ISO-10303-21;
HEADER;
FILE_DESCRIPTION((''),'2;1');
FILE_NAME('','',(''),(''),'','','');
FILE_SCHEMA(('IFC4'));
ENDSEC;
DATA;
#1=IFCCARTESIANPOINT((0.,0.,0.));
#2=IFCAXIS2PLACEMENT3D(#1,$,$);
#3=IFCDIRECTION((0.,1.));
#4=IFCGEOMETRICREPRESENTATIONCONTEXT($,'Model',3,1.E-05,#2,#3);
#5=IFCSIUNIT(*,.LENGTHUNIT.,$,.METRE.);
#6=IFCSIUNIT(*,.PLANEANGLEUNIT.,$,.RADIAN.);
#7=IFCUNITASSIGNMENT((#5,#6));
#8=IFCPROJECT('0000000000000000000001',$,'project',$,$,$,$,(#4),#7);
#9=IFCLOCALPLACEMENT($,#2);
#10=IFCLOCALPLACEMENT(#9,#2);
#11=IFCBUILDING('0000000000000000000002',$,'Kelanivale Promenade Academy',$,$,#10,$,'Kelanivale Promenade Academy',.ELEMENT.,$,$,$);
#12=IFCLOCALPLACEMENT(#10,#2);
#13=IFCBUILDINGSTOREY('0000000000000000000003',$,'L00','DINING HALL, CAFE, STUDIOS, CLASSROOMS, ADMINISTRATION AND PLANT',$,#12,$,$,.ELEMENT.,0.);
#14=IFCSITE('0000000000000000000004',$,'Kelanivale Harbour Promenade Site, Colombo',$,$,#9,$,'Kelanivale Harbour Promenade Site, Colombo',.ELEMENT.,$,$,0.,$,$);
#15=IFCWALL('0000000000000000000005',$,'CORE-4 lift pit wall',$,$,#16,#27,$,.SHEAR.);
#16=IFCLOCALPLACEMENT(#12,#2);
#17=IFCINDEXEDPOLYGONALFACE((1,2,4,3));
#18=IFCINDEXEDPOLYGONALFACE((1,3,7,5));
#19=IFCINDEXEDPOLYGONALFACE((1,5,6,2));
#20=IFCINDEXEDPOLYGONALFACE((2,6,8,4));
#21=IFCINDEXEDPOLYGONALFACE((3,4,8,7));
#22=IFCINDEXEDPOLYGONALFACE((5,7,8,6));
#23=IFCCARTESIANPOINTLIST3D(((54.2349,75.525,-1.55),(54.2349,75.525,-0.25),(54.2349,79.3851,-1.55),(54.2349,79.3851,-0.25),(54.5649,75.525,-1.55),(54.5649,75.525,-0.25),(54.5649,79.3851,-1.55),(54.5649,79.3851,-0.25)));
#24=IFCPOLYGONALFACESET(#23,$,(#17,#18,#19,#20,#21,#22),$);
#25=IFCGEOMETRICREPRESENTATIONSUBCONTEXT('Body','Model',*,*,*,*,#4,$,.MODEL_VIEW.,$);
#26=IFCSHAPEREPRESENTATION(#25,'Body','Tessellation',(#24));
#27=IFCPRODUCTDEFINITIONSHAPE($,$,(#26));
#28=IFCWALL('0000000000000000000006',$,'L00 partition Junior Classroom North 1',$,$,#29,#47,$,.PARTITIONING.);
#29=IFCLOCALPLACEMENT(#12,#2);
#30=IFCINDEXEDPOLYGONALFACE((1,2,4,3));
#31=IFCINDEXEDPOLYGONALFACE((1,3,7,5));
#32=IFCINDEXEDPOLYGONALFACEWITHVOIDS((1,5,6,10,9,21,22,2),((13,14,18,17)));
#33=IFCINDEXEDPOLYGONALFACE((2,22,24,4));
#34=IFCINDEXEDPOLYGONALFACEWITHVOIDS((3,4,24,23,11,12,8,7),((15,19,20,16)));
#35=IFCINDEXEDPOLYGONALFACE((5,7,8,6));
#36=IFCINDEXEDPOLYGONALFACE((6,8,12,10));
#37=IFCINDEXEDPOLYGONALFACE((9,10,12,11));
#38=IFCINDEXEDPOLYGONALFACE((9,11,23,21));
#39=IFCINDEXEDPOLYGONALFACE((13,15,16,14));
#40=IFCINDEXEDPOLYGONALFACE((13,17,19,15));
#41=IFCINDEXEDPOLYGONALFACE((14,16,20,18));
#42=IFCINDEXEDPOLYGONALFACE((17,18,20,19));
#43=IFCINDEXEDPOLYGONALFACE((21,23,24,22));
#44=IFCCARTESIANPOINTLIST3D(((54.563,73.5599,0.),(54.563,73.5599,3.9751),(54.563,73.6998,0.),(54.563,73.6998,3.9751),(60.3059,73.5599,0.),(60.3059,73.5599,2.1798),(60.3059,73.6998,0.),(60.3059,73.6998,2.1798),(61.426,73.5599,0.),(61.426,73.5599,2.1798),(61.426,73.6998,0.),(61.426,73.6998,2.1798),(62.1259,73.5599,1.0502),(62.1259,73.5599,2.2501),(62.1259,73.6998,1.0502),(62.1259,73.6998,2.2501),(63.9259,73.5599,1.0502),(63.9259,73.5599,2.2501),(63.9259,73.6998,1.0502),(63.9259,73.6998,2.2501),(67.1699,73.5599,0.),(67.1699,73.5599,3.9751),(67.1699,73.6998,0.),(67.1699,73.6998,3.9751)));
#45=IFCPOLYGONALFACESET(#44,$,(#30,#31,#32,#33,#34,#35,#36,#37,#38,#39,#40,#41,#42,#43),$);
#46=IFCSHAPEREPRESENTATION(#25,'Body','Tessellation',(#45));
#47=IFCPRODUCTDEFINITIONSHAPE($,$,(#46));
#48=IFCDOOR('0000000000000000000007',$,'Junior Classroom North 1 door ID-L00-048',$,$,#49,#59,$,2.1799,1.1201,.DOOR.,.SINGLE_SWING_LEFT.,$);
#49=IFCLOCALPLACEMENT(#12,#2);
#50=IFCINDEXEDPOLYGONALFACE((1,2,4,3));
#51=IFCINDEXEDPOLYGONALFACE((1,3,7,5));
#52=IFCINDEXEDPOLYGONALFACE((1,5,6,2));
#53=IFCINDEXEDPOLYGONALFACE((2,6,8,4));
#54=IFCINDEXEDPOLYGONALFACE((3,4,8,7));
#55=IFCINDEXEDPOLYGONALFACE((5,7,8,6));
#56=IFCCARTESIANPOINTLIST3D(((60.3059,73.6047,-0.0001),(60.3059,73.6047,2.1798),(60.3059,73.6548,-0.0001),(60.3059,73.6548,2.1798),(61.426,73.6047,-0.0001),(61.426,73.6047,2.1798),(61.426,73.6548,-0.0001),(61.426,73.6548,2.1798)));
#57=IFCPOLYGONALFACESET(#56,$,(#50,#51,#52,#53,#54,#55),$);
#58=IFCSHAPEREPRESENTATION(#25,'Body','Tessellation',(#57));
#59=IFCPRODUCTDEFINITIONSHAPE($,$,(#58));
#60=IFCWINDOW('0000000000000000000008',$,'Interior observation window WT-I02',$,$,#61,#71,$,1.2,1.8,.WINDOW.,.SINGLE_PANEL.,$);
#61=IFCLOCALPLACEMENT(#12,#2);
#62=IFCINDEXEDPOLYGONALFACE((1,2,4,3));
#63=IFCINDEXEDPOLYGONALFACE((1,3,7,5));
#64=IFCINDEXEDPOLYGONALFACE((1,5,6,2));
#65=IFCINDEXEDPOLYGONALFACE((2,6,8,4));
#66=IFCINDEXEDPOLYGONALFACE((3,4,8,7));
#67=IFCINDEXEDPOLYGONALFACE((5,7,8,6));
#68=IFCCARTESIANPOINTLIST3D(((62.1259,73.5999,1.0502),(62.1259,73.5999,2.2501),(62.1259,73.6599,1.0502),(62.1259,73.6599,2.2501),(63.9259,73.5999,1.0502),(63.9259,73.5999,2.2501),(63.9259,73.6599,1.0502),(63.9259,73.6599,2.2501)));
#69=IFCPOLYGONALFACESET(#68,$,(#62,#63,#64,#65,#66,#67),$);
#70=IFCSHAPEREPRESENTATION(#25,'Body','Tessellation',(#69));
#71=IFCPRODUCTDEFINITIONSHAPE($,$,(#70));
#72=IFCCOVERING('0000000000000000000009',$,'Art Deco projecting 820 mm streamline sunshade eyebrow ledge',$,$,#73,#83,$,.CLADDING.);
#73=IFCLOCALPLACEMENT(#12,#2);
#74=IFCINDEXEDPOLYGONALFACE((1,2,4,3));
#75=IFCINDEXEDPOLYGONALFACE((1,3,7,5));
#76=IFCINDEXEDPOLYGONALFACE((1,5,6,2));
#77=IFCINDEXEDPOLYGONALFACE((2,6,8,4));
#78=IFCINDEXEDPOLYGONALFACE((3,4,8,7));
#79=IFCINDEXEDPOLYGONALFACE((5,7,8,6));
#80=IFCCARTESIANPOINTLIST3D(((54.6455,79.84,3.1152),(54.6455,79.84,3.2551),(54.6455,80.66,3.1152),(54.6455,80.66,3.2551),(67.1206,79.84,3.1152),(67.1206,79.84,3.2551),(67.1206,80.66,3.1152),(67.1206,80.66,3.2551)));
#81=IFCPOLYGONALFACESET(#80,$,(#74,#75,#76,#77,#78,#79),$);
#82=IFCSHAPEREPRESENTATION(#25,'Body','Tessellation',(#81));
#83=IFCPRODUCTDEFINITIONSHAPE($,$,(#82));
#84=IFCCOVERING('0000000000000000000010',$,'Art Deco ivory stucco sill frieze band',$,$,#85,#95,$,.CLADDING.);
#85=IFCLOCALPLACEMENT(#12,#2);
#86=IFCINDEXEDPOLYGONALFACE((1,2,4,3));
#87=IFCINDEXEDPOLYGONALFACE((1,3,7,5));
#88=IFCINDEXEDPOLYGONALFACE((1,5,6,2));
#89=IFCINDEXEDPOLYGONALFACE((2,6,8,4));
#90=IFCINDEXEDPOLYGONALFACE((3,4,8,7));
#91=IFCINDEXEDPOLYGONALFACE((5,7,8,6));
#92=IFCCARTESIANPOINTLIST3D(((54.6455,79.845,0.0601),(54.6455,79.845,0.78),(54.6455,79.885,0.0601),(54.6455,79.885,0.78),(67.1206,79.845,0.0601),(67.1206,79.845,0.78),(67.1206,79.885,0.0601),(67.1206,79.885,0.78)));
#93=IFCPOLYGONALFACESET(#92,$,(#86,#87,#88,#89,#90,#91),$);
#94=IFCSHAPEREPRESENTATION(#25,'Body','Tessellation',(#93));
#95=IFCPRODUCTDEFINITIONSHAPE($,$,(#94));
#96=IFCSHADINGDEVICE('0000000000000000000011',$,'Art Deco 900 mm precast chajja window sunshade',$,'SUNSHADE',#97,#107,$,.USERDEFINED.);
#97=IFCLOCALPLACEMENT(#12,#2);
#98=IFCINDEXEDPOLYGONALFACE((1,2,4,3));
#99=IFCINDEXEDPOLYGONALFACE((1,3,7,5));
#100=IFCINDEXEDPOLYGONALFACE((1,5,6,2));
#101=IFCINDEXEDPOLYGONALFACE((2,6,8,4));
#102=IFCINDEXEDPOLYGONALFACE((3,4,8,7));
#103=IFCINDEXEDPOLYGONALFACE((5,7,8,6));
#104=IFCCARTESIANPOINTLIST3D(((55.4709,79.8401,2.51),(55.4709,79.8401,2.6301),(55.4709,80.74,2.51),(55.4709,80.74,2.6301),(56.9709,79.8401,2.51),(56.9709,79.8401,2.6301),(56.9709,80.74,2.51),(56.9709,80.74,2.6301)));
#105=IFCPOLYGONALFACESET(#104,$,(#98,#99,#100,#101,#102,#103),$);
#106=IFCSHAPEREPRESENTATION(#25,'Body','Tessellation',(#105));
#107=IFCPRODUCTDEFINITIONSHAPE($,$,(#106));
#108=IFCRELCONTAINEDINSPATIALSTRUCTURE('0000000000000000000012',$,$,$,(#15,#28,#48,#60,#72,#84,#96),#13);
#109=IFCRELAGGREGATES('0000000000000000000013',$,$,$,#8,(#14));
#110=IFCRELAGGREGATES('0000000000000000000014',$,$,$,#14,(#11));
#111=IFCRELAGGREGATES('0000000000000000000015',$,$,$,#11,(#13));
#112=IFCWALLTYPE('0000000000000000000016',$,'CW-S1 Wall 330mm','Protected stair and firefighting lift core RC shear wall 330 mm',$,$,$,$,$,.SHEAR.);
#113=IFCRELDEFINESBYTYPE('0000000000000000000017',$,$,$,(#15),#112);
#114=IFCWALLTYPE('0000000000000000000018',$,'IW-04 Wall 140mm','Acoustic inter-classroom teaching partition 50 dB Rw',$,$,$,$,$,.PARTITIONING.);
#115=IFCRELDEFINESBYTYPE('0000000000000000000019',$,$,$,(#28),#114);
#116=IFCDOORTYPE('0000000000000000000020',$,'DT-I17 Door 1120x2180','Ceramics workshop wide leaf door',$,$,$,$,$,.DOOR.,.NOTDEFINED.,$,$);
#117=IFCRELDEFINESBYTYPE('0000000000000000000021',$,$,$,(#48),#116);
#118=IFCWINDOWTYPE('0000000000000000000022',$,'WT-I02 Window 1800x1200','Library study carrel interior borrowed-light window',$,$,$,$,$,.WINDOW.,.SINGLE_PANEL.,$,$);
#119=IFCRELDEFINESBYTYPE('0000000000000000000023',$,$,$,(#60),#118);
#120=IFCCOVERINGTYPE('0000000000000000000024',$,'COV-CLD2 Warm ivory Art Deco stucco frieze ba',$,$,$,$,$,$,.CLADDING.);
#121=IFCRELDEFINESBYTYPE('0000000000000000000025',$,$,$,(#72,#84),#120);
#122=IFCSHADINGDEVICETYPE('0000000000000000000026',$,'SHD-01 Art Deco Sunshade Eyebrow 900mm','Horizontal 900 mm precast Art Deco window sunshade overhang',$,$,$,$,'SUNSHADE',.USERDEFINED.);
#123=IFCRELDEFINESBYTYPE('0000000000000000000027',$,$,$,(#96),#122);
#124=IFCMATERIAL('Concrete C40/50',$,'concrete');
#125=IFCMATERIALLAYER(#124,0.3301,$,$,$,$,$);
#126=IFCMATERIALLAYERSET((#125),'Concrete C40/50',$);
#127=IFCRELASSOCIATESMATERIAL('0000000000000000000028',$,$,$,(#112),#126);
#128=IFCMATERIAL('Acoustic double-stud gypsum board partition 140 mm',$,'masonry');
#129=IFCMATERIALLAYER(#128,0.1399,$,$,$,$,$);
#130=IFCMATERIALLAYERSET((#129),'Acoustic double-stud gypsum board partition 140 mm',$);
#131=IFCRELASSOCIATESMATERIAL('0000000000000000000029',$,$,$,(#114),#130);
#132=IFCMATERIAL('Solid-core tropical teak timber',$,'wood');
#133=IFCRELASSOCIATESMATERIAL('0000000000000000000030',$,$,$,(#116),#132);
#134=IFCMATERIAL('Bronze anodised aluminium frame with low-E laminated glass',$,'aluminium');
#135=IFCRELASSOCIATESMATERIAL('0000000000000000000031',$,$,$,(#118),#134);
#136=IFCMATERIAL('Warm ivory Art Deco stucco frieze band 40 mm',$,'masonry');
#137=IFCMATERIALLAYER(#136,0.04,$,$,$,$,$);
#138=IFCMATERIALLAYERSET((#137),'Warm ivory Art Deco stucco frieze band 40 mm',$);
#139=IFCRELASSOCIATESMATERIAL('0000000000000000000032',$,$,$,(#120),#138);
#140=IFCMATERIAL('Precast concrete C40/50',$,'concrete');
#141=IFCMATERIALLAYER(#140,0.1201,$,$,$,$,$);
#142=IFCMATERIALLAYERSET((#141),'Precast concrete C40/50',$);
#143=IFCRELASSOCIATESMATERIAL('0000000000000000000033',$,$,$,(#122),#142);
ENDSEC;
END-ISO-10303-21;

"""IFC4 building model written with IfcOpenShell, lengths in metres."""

from ifc_helpers import new_model, si_unit, direction, frame, frame_2d, origin, origin_2d, place, context, subcontext, project, spatial, rectangle, extrude, material, layer, layer_set, type_object, element, fill, save


model = new_model("IFC4")

# Units and contexts
model_context = context("Model", 3, precision=1e-05, world=origin(), true_north=direction((0.0, 1.0)))
body_context = subcontext(model_context, "Body", "Model", "MODEL_VIEW")
ifc_project = project(units=[si_unit("LENGTHUNIT", "METRE"), si_unit("PLANEANGLEUNIT", "RADIAN")], contexts=[model_context])

# Site, building, storey
site_placement = place(None, origin())
site = spatial("IfcSite", under=ifc_project, at=site_placement, Name="Kelanivale Harbour Promenade Site, Colombo", LongName="Kelanivale Harbour Promenade Site, Colombo", CompositionType="ELEMENT", RefElevation=0.0)
building_placement = place(site_placement, origin())
building = spatial("IfcBuilding", under=site, at=building_placement, Name="Kelanivale Promenade Academy", LongName="Kelanivale Promenade Academy", CompositionType="ELEMENT")
storey_placement = place(building_placement, origin())
storey = spatial("IfcBuildingStorey", under=building, at=storey_placement, Name="L00", Description="DINING HALL, CAFE, STUDIOS, CLASSROOMS, ADMINISTRATION AND PLANT", CompositionType="ELEMENT", Elevation=0.0)

# Shared definitions
ifc_material_1 = material(Name="Concrete C40/50", Category="concrete")

# Wall
ifc_layer_1 = layer(ifc_material_1, 0.3301)
ifc_layer_set_1 = layer_set([ifc_layer_1], Name="Concrete C40/50")
wall_type_1 = type_object("IfcWallType", Name="CW-S1 Wall 330mm", Description="Protected stair and firefighting lift core RC shear wall 330 mm", PredefinedType="SHEAR", material=ifc_layer_set_1)
wall_1_placement = place(storey_placement, frame((54.3999, 75.5249, -1.55), z_axis=(0.0, 0.0, 1.0), x_axis=(0.0, 1.0, 0.0)))
element("IfcWall", 1, at=wall_1_placement, inside=storey, type_object=wall_type_1, Name="CORE-4 lift pit wall", PredefinedType="SHEAR", context=body_context, shape_type="SweptSolid", body=[
    extrude(rectangle(XDim=3.8601, YDim=0.3301, at=frame_2d((1.9302, 0.0))), origin(), (0.0, 0.0, 1.0), 1.3),
])

# Wall, openings, door, window
ifc_material_2 = material(Name="Acoustic double-stud gypsum board partition 140 mm", Category="masonry")
ifc_layer_2 = layer(ifc_material_2, 0.1399)
ifc_layer_set_2 = layer_set([ifc_layer_2], Name="Acoustic double-stud gypsum board partition 140 mm")
wall_type_2 = type_object("IfcWallType", Name="IW-04 Wall 140mm", Description="Acoustic inter-classroom teaching partition 50 dB Rw", PredefinedType="PARTITIONING", material=ifc_layer_set_2)
wall_2_placement = place(storey_placement, frame((54.563, 73.6299, 0.0), z_axis=(0.0, 0.0, 1.0), x_axis=(1.0, 0.0, 0.0)))
wall_2 = element("IfcWall", 2, at=wall_2_placement, inside=storey, type_object=wall_type_2, Name="L00 partition Junior Classroom North 1", PredefinedType="PARTITIONING", context=body_context, shape_type="SweptSolid", body=[
    extrude(rectangle(XDim=12.6069, YDim=0.1399, at=frame_2d((6.3035, 0.0))), origin(), (0.0, 0.0, 1.0), 3.9751),
])
opening_1_placement = place(wall_2_placement, frame((5.7429, 0.0, 0.0)))
opening_1 = element("IfcOpeningElement", 3, at=opening_1_placement, cuts=wall_2, PredefinedType="OPENING", context=body_context, shape_type="SweptSolid", body=[
    extrude(rectangle(XDim=1.1201, YDim=2.1799, at=frame_2d((0.5601, 1.0898))), frame((0.0, 0.0801, 0.0), z_axis=(0.0, -1.0, 0.0), x_axis=(1.0, 0.0, 0.0)), (0.0, 0.0, 1.0), 0.1599),
])
opening_2_placement = place(wall_2_placement, frame((7.563, 0.0, 1.05)))
opening_2 = element("IfcOpeningElement", 4, at=opening_2_placement, cuts=wall_2, PredefinedType="OPENING", context=body_context, shape_type="SweptSolid", body=[
    extrude(rectangle(XDim=1.8, YDim=1.2, at=frame_2d((0.8999, 0.6001))), frame((0.0, 0.0801, 0.0), z_axis=(0.0, -1.0, 0.0), x_axis=(1.0, 0.0, 0.0)), (0.0, 0.0, 1.0), 0.1599),
])
ifc_material_3 = material(Name="Solid-core tropical teak timber", Category="wood")
door_type = type_object("IfcDoorType", Name="DT-I17 Door 1120x2180", Description="Ceramics workshop wide leaf door", OperationType="NOTDEFINED", PredefinedType="DOOR", material=ifc_material_3)
door_placement = place(opening_1_placement, origin())
door = element("IfcDoor", 5, at=door_placement, inside=storey, type_object=door_type, Name="Junior Classroom North 1 door ID-L00-048", OperationType="SINGLE_SWING_LEFT", OverallHeight=2.1799, OverallWidth=1.1201, PredefinedType="DOOR", context=body_context, shape_type="SweptSolid", body=[
    extrude(rectangle(XDim=1.1201, YDim=2.1799, at=frame_2d((0.5601, 1.0898))), frame((0.0, 0.0249, 0.0), z_axis=(0.0, -1.0, 0.0), x_axis=(1.0, 0.0, 0.0)), (0.0, 0.0, 1.0), 0.05),
])
fill(opening_1, door)
ifc_material_4 = material(Name="Bronze anodised aluminium frame with low-E laminated glass", Category="aluminium")
window_type = type_object("IfcWindowType", Name="WT-I02 Window 1800x1200", Description="Library study carrel interior borrowed-light window", PartitioningType="SINGLE_PANEL", PredefinedType="WINDOW", material=ifc_material_4)
window_placement = place(opening_2_placement, origin())
window = element("IfcWindow", 6, at=window_placement, inside=storey, type_object=window_type, Name="Interior observation window WT-I02", OverallHeight=1.2, OverallWidth=1.8, PartitioningType="SINGLE_PANEL", PredefinedType="WINDOW", context=body_context, shape_type="SweptSolid", body=[
    extrude(rectangle(XDim=1.8, YDim=1.2, at=frame_2d((0.8999, 0.6001))), frame((0.0, 0.03, 0.0), z_axis=(0.0, -1.0, 0.0), x_axis=(1.0, 0.0, 0.0)), (0.0, 0.0, 1.0), 0.0601),
])
fill(opening_2, window)

# Coverings
ifc_material_5 = material(Name="Warm ivory Art Deco stucco frieze band 40 mm", Category="masonry")
ifc_layer_3 = layer(ifc_material_5, 0.04)
ifc_layer_set_3 = layer_set([ifc_layer_3], Name="Warm ivory Art Deco stucco frieze band 40 mm")
covering_type = type_object("IfcCoveringType", Name="COV-CLD2 Warm ivory Art Deco stucco frieze ba", PredefinedType="CLADDING", material=ifc_layer_set_3)
covering_1_placement = place(storey_placement, frame((60.8831, 80.25, 3.1152), z_axis=(0.0, 0.0, 1.0), x_axis=(-1.0, 0.0, 0.0)))
element("IfcCovering", 7, at=covering_1_placement, inside=storey, type_object=covering_type, Name="Art Deco projecting 820 mm streamline sunshade eyebrow ledge", PredefinedType="CLADDING", context=body_context, shape_type="SweptSolid", body=[
    extrude(rectangle(XDim=12.4751, YDim=0.8201, at=origin_2d()), origin(), (0.0, 0.0, 1.0), 0.1399),
])
covering_2_placement = place(storey_placement, frame((60.8831, 79.865, 0.0601), z_axis=(0.0, 0.0, 1.0), x_axis=(-1.0, 0.0, 0.0)))
element("IfcCovering", 8, at=covering_2_placement, inside=storey, type_object=covering_type, Name="Art Deco ivory stucco sill frieze band", PredefinedType="CLADDING", context=body_context, shape_type="SweptSolid", body=[
    extrude(rectangle(XDim=12.4751, YDim=0.04, at=origin_2d()), origin(), (0.0, 0.0, 1.0), 0.72),
])

# Shading device
ifc_material_6 = material(Name="Precast concrete C40/50", Category="concrete")
ifc_layer_4 = layer(ifc_material_6, 0.1201)
ifc_layer_set_4 = layer_set([ifc_layer_4], Name="Precast concrete C40/50")
shading_device_type = type_object("IfcShadingDeviceType", Name="SHD-01 Art Deco Sunshade Eyebrow 900mm", Description="Horizontal 900 mm precast Art Deco window sunshade overhang", ElementType="SUNSHADE", PredefinedType="USERDEFINED", material=ifc_layer_set_4)
shading_device_placement = place(storey_placement, frame((56.2209, 80.29, 2.51), z_axis=(0.0, 0.0, 1.0), x_axis=(-1.0, 0.0, 0.0)))
element("IfcShadingDevice", 9, at=shading_device_placement, inside=storey, type_object=shading_device_type, Name="Art Deco 900 mm precast chajja window sunshade", ObjectType="SUNSHADE", PredefinedType="USERDEFINED", context=body_context, shape_type="SweptSolid", body=[
    extrude(rectangle(XDim=1.5, YDim=0.8999, at=origin_2d()), origin(), (0.0, 0.0, 1.0), 0.1201),
])

save(model, "model.ifc")
